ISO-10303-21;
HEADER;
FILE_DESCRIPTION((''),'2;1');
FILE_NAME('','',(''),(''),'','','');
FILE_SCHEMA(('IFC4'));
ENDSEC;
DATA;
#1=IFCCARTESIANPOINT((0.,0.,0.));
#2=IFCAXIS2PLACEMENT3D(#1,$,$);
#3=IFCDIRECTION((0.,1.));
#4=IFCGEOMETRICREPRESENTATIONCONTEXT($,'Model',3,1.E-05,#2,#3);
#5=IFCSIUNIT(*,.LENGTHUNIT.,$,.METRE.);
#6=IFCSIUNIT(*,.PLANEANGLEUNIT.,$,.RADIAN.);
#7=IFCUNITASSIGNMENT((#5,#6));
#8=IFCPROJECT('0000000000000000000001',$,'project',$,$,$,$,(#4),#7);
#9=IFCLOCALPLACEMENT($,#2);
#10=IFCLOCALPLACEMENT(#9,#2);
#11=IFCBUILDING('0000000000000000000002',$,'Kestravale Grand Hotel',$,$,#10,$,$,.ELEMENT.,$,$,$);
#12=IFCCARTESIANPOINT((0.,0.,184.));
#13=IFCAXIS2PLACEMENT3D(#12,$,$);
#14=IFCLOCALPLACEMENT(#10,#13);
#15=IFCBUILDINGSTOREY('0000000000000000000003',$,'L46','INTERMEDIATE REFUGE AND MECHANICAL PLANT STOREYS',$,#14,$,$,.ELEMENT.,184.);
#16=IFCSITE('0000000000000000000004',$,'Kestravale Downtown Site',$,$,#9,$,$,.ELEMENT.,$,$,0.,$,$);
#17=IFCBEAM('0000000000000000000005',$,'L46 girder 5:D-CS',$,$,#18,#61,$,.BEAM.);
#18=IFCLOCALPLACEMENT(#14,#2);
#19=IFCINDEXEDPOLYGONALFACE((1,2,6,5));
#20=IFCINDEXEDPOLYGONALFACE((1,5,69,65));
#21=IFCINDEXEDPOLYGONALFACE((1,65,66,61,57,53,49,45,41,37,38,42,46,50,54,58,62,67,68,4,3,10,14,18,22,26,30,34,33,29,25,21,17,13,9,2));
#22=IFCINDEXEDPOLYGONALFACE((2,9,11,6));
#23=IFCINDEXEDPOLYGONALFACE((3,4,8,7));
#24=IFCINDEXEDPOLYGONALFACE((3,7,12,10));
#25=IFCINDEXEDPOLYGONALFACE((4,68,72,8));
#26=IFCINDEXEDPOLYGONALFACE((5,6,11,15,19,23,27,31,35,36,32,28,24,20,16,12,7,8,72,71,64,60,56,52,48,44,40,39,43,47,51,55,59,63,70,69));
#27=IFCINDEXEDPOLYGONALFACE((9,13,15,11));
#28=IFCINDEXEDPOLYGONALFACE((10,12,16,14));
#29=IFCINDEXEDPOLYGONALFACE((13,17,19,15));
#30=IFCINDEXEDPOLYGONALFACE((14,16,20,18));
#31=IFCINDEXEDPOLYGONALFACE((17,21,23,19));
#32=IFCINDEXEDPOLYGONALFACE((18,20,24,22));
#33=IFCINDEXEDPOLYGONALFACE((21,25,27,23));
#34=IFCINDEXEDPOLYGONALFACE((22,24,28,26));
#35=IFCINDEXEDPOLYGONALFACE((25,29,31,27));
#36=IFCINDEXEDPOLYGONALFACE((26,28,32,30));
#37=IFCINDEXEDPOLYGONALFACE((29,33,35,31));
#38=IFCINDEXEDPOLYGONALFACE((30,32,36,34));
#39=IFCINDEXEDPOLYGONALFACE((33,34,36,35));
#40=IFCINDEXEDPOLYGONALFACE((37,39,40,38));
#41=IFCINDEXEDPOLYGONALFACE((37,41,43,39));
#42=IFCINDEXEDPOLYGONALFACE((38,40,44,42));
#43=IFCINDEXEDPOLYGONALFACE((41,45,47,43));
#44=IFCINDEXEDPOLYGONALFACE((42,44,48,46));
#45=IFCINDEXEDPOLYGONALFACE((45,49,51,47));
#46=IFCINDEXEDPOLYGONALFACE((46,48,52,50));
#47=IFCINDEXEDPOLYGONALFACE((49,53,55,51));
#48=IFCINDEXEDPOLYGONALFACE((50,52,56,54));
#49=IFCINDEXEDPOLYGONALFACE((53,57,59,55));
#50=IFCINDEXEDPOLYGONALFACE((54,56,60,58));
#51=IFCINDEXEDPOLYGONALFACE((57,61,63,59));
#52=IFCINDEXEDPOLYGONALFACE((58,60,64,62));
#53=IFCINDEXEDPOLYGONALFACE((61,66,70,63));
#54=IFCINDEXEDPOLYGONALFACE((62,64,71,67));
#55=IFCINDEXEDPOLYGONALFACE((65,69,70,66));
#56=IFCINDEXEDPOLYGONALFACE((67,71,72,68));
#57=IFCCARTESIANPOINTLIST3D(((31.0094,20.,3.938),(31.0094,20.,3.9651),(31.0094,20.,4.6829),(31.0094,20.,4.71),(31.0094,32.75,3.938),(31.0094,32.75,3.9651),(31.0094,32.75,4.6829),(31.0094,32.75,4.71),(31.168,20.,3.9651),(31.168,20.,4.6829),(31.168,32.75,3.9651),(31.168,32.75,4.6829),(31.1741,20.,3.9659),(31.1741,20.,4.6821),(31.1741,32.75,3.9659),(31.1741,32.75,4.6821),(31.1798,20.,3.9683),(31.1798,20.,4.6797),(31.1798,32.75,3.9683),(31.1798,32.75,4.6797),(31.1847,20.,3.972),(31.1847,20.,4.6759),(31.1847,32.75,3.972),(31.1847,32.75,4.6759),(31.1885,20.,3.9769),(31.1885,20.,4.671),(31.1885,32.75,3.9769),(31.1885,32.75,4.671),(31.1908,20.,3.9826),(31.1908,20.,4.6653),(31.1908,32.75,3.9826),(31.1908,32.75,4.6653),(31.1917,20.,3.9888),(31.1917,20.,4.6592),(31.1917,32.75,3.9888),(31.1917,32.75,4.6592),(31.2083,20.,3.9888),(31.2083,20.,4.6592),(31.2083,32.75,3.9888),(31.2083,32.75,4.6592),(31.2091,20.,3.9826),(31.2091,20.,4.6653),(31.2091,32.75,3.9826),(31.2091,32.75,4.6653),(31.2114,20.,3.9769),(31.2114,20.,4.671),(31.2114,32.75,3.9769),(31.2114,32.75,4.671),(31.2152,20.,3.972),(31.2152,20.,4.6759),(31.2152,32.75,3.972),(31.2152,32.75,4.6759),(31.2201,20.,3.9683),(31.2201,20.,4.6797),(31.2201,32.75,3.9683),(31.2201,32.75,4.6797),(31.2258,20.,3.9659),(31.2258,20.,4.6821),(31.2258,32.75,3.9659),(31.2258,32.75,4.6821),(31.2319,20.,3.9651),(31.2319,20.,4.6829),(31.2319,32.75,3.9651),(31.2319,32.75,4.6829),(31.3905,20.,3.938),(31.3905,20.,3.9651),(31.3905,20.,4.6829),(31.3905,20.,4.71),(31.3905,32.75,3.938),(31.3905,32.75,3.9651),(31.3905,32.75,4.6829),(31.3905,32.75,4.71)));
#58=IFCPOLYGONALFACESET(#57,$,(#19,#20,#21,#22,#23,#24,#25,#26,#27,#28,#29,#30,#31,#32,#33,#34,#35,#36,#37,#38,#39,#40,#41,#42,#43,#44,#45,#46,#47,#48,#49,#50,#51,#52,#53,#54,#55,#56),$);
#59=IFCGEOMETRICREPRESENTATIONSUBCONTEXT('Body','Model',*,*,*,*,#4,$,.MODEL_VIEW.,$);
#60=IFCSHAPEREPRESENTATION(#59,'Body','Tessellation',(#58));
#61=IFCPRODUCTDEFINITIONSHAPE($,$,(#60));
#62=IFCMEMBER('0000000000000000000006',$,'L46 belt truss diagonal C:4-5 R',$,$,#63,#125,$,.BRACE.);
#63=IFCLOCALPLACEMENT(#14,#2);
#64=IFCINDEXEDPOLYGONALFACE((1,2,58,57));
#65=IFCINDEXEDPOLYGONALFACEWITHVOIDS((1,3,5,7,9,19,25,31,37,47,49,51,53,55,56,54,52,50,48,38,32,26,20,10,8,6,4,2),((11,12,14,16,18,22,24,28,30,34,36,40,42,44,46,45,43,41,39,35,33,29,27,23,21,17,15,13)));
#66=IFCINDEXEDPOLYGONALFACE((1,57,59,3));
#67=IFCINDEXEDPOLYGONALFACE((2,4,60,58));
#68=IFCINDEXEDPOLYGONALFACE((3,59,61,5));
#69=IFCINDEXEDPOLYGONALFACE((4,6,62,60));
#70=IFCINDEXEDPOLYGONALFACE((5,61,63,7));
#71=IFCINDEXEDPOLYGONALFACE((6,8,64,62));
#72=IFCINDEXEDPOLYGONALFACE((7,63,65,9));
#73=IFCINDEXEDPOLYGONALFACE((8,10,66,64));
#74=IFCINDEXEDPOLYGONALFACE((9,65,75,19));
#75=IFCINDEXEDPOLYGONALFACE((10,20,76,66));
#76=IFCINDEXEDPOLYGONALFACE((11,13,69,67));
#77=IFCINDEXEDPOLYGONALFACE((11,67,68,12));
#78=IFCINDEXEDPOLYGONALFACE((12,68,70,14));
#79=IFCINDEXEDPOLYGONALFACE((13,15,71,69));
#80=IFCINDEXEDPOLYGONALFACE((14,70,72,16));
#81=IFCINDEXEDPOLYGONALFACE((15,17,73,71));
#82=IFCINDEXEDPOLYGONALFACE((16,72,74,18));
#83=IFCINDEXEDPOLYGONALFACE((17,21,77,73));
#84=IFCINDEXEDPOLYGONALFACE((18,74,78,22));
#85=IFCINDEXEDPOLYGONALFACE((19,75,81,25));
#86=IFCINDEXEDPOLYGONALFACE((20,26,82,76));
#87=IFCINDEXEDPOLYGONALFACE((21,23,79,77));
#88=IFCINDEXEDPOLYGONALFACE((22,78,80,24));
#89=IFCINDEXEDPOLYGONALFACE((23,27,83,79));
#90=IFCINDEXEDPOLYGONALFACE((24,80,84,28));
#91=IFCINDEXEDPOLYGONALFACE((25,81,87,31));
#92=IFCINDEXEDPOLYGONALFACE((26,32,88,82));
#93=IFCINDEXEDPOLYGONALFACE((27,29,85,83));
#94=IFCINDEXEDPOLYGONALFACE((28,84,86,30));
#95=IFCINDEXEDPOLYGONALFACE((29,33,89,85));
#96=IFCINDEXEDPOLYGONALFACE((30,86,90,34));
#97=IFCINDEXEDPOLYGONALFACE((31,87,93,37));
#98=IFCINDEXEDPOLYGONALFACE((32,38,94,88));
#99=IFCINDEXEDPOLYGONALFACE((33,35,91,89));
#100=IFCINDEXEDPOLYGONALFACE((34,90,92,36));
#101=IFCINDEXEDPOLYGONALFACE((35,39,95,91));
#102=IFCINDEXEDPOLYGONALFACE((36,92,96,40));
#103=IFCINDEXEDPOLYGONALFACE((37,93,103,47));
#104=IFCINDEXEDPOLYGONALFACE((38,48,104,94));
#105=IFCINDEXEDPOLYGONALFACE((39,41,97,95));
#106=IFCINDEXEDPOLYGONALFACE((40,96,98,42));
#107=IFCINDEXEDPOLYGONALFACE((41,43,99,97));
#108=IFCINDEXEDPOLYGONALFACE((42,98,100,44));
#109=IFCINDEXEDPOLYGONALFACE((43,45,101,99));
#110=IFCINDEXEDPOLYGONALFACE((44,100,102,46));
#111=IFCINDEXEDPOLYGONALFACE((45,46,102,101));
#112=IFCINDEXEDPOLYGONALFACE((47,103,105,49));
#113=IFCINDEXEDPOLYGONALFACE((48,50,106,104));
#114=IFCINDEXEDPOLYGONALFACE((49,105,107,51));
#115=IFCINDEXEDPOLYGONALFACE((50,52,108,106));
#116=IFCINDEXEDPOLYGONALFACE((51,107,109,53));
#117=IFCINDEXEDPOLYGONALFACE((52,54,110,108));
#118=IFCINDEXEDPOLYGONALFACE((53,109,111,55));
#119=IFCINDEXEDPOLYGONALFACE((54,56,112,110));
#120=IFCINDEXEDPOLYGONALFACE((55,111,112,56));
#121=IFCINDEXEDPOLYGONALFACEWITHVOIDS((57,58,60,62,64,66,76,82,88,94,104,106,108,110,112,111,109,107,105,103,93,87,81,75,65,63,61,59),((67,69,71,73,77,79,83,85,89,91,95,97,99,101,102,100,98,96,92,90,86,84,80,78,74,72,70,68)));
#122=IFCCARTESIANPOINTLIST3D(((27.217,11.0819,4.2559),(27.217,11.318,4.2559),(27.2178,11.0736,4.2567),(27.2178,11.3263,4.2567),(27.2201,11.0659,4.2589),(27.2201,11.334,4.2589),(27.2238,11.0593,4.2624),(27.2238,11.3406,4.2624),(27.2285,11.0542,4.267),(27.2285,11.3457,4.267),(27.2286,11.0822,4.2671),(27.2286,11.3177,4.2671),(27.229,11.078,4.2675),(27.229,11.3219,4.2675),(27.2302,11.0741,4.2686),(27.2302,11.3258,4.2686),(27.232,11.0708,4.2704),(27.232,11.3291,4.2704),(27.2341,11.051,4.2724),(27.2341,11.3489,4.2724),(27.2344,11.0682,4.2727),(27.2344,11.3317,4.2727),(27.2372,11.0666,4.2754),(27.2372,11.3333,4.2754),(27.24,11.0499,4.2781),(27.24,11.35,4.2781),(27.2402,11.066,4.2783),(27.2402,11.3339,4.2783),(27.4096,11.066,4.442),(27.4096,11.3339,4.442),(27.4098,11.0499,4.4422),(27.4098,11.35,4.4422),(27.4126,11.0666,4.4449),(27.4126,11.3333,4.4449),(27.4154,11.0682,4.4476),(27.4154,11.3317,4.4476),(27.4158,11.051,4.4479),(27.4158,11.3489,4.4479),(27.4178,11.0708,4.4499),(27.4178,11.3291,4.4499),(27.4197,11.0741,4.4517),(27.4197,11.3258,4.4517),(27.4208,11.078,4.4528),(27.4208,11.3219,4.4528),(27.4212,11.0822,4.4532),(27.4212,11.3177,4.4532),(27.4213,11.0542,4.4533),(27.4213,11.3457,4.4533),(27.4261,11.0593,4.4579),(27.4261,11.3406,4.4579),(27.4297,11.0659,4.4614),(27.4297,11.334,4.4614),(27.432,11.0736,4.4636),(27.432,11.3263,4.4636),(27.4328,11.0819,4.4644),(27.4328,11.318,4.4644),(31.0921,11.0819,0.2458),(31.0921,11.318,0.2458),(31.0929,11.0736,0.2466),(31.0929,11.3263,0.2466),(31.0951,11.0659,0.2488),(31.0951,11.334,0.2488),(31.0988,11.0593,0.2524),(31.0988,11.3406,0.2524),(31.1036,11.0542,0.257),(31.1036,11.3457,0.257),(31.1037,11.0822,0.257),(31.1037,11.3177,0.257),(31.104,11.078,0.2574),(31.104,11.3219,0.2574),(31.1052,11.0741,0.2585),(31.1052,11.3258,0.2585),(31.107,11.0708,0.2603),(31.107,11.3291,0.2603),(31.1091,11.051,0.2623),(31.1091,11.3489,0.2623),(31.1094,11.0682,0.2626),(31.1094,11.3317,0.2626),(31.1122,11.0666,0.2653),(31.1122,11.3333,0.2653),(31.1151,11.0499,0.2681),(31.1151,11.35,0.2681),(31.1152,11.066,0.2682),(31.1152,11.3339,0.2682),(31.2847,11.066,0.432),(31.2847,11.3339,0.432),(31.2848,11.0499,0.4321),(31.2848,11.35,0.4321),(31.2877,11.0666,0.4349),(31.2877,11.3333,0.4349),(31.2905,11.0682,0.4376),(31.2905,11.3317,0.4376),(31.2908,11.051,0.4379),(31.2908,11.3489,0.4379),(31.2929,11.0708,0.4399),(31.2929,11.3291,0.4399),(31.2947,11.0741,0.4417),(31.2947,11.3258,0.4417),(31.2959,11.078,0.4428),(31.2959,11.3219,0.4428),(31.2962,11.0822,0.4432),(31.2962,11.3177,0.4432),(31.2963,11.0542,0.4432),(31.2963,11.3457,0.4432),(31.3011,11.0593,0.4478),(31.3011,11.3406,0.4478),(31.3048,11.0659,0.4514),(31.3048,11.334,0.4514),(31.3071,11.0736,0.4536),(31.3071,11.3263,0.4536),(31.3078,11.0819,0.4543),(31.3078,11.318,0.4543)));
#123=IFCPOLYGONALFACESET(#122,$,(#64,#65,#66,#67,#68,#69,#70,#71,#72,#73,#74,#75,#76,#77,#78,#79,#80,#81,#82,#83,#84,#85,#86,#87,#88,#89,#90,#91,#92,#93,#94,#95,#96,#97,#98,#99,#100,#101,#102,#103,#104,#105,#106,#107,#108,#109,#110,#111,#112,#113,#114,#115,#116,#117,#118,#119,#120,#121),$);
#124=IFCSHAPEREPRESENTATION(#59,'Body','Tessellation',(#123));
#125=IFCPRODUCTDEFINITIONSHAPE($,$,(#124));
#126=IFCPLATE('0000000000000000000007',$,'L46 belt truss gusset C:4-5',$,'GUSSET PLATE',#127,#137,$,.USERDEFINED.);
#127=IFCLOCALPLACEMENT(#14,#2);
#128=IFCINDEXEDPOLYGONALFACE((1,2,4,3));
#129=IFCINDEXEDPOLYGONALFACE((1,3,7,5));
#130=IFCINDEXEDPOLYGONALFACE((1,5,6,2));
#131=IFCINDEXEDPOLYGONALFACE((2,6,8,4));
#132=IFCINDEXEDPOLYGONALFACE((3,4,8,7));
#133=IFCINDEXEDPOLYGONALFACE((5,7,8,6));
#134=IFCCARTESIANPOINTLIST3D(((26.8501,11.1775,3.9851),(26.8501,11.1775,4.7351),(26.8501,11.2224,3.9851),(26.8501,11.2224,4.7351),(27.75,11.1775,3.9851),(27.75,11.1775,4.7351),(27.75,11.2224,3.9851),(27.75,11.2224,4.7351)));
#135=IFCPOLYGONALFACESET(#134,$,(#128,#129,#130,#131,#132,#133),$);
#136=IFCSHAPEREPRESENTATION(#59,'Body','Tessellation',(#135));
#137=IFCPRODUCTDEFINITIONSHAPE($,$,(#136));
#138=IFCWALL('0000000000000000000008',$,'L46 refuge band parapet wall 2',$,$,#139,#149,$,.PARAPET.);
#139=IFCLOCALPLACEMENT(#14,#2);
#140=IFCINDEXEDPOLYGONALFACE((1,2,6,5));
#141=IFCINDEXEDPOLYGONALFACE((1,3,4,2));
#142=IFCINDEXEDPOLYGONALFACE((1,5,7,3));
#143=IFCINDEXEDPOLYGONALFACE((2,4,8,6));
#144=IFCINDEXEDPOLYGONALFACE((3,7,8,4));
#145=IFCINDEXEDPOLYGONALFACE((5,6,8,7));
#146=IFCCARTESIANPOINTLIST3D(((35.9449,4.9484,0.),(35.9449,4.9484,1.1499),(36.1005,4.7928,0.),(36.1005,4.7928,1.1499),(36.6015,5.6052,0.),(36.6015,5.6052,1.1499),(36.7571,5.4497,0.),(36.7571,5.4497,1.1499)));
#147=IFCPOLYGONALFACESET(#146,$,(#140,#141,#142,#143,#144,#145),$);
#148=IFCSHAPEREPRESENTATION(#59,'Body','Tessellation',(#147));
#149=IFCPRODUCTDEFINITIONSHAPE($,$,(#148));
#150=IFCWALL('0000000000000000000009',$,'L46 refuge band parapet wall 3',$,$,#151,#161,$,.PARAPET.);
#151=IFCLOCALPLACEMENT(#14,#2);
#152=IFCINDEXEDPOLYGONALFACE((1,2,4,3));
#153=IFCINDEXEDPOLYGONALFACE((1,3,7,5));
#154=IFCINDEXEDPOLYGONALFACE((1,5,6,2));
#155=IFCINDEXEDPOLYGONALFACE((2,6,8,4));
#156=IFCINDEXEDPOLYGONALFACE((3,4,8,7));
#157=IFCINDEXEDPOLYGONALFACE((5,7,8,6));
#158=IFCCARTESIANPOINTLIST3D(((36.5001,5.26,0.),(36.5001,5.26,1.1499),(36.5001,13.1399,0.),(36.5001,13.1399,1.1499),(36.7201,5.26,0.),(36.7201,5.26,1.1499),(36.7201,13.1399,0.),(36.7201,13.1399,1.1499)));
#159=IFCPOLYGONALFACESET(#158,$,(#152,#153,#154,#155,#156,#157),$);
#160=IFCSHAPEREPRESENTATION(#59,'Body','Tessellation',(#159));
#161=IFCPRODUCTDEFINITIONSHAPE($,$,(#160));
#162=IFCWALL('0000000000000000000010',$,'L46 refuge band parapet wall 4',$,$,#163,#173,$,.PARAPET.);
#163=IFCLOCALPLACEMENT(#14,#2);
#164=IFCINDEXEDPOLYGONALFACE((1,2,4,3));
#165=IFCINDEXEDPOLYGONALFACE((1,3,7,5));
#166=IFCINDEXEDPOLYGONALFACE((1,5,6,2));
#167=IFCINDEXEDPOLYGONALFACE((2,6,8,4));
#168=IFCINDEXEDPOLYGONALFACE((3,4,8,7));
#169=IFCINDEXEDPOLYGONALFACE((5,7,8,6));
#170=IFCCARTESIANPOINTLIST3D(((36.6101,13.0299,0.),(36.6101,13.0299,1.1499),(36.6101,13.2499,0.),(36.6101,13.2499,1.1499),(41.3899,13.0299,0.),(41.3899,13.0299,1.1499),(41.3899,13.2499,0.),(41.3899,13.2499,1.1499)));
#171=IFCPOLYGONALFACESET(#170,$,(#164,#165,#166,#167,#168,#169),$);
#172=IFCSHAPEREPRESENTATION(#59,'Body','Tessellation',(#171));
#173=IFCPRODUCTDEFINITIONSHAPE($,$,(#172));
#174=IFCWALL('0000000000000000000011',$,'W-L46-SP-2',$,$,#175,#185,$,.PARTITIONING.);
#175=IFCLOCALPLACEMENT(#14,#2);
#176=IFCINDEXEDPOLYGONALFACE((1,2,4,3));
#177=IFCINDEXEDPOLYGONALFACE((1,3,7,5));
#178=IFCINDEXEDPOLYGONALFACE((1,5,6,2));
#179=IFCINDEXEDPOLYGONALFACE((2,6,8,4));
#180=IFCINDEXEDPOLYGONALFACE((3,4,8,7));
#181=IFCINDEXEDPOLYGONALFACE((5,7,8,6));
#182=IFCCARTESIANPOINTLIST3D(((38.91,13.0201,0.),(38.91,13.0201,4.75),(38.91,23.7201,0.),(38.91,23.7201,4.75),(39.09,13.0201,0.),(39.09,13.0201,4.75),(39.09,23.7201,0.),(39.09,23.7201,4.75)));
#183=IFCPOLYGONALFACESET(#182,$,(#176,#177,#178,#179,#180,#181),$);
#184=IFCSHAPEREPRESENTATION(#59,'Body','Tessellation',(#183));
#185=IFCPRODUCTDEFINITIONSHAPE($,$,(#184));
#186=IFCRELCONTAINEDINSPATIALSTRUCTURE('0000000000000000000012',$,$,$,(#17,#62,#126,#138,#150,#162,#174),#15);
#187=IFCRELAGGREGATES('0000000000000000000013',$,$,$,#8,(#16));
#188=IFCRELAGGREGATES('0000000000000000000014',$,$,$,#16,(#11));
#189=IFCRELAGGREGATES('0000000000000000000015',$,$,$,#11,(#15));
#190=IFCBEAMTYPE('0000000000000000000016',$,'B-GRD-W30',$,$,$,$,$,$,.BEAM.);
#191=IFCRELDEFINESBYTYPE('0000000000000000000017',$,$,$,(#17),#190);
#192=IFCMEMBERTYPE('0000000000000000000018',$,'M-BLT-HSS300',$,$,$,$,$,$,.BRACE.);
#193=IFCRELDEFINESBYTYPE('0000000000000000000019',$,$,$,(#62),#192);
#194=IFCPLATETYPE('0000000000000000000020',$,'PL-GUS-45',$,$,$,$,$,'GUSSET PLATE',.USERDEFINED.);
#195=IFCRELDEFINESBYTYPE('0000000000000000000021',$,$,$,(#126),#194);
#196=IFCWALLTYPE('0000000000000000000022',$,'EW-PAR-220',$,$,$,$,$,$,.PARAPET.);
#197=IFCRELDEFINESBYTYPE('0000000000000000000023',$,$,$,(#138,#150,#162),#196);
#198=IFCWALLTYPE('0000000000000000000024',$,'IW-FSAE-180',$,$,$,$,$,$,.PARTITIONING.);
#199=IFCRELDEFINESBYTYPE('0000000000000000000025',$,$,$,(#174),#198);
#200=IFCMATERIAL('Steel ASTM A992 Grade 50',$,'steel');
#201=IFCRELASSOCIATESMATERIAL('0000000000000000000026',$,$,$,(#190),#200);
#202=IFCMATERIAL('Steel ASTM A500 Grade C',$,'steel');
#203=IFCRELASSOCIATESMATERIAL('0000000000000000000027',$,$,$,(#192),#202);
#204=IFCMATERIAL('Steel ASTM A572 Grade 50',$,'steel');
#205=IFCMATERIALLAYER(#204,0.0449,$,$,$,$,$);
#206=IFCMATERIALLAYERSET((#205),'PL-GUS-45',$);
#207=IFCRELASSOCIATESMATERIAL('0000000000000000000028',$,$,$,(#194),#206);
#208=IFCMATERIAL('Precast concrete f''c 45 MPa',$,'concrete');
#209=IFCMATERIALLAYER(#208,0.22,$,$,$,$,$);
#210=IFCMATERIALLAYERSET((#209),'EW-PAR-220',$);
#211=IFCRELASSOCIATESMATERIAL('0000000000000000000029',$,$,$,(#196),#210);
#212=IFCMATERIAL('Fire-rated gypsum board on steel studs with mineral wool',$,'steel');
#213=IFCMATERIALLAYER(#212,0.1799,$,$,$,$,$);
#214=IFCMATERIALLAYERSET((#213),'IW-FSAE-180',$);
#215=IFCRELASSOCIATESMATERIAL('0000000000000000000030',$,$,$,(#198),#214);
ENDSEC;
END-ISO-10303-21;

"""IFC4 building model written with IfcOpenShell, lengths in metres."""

from ifc_helpers import new_model, si_unit, direction, frame, frame_2d, origin, origin_2d, place, context, subcontext, project, spatial, rectangle, hollow_rectangle, i_section, extrude, material, layer, layer_set, material_profile, profile_set, type_object, element, save


model = new_model("IFC4")

# Units and contexts
model_context = context("Model", 3, precision=1e-05, world=origin(), true_north=direction((0.0, 1.0)))
body_context = subcontext(model_context, "Body", "Model", "MODEL_VIEW")
ifc_project = project(units=[si_unit("LENGTHUNIT", "METRE"), si_unit("PLANEANGLEUNIT", "RADIAN")], contexts=[model_context])

# Site, building, storey
site_placement = place(None, origin())
site = spatial("IfcSite", under=ifc_project, at=site_placement, Name="Kestravale Downtown Site", CompositionType="ELEMENT", RefElevation=0.0)
building_placement = place(site_placement, origin())
building = spatial("IfcBuilding", under=site, at=building_placement, Name="Kestravale Grand Hotel", CompositionType="ELEMENT")
storey_placement = place(building_placement, frame((0.0, 0.0, 184.0)))
storey = spatial("IfcBuildingStorey", under=building, at=storey_placement, Name="L46", Description="INTERMEDIATE REFUGE AND MECHANICAL PLANT STOREYS", CompositionType="ELEMENT", Elevation=184.0)

# Beam
ifc_material_1 = material(Name="Steel ASTM A992 Grade 50", Category="steel")
ifc_material_profile_1 = material_profile(ifc_material_1, i_section(OverallWidth=0.3811, OverallDepth=0.772, WebThickness=0.0166, FlangeThickness=0.0271, FilletRadius=0.0237, at=origin_2d()))
ifc_profile_set_1 = profile_set([ifc_material_profile_1], Name="Steel ASTM A992 Grade 50")
beam_type_1 = type_object("IfcBeamType", Name="B-GRD-W30", PredefinedType="BEAM", material=ifc_profile_set_1)
beam_1_placement = place(storey_placement, frame((31.2, 20.0, 4.324), z_axis=(0.0, 1.0, 0.0), x_axis=(-1.0, 0.0, 0.0)))
element("IfcBeam", 1, at=beam_1_placement, inside=storey, type_object=beam_type_1, Name="L46 girder 5:D-CS", PredefinedType="BEAM", context=body_context, shape_type="SweptSolid", body=[
    extrude(i_section(OverallWidth=0.3811, OverallDepth=0.772, WebThickness=0.0166, FlangeThickness=0.0271, FilletRadius=0.0237, at=origin_2d()), origin(), (0.0, 0.0, 1.0), 12.75),
])

# Member
ifc_material_2 = material(Name="Steel ASTM A500 Grade C", Category="steel")
ifc_material_profile_2 = material_profile(ifc_material_2, hollow_rectangle(XDim=0.3, YDim=0.3, WallThickness=0.0161, InnerFilletRadius=0.0161, OuterFilletRadius=0.032, at=origin_2d()))
ifc_profile_set_2 = profile_set([ifc_material_profile_2], Name="Steel ASTM A500 Grade C")
member_type = type_object("IfcMemberType", Name="M-BLT-HSS300", PredefinedType="BRACE", material=ifc_profile_set_2)
member_placement = place(storey_placement, frame((31.2, 11.2, 0.3501), z_axis=(-0.694898, 0.0, 0.719109), x_axis=(0.0, -1.0, 0.0)))
element("IfcMember", 2, at=member_placement, inside=storey, type_object=member_type, Name="L46 belt truss diagonal C:4-5 R", PredefinedType="BRACE", context=body_context, shape_type="SweptSolid", body=[
    extrude(hollow_rectangle(XDim=0.3, YDim=0.3, WallThickness=0.0161, InnerFilletRadius=0.0161, OuterFilletRadius=0.032, at=origin_2d()), origin(), (0.0, 0.0, 1.0), 5.5764),
])

# Plate
ifc_material_3 = material(Name="Steel ASTM A572 Grade 50", Category="steel")
ifc_layer_1 = layer(ifc_material_3, 0.0449)
ifc_layer_set_1 = layer_set([ifc_layer_1], Name="PL-GUS-45")
plate_type = type_object("IfcPlateType", Name="PL-GUS-45", ElementType="GUSSET PLATE", PredefinedType="USERDEFINED", material=ifc_layer_set_1)
plate_placement = place(storey_placement, frame((27.3, 11.2, 3.9851), z_axis=(0.0, 0.0, 1.0), x_axis=(1.0, 0.0, 0.0)))
element("IfcPlate", 3, at=plate_placement, inside=storey, type_object=plate_type, Name="L46 belt truss gusset C:4-5", ObjectType="GUSSET PLATE", PredefinedType="USERDEFINED", context=body_context, shape_type="SweptSolid", body=[
    extrude(rectangle(XDim=0.8999, YDim=0.0449, at=origin_2d()), origin(), (0.0, 0.0, 1.0), 0.75),
])

# Walls
ifc_material_4 = material(Name="Precast concrete f'c 45 MPa", Category="concrete")
ifc_layer_2 = layer(ifc_material_4, 0.22)
ifc_layer_set_2 = layer_set([ifc_layer_2], Name="EW-PAR-220")
wall_type_1 = type_object("IfcWallType", Name="EW-PAR-220", PredefinedType="PARAPET", material=ifc_layer_set_2)
wall_1_placement = place(storey_placement, frame((36.0227, 4.8706, 0.0), z_axis=(0.0, 0.0, 1.0), x_axis=(0.706975, 0.707238, 0.0)))
element("IfcWall", 4, at=wall_1_placement, inside=storey, type_object=wall_type_1, Name="L46 refuge band parapet wall 2", PredefinedType="PARAPET", context=body_context, shape_type="SweptSolid", body=[
    extrude(rectangle(XDim=0.9287, YDim=0.22, at=frame_2d((0.4644, 0.0))), origin(), (0.0, 0.0, 1.0), 1.1499),
])
wall_2_placement = place(storey_placement, frame((36.6101, 5.26, 0.0), z_axis=(0.0, 0.0, 1.0), x_axis=(0.0, 1.0, 0.0)))
element("IfcWall", 5, at=wall_2_placement, inside=storey, type_object=wall_type_1, Name="L46 refuge band parapet wall 3", PredefinedType="PARAPET", context=body_context, shape_type="SweptSolid", body=[
    extrude(rectangle(XDim=7.8799, YDim=0.22, at=frame_2d((3.9399, 0.0))), origin(), (0.0, 0.0, 1.0), 1.1499),
])
wall_3_placement = place(storey_placement, frame((36.6101, 13.1399, 0.0), z_axis=(0.0, 0.0, 1.0), x_axis=(1.0, 0.0, 0.0)))
element("IfcWall", 6, at=wall_3_placement, inside=storey, type_object=wall_type_1, Name="L46 refuge band parapet wall 4", PredefinedType="PARAPET", context=body_context, shape_type="SweptSolid", body=[
    extrude(rectangle(XDim=4.7798, YDim=0.22, at=frame_2d((2.3899, 0.0))), origin(), (0.0, 0.0, 1.0), 1.1499),
])
ifc_material_5 = material(Name="Fire-rated gypsum board on steel studs with mineral wool", Category="steel")
ifc_layer_3 = layer(ifc_material_5, 0.1799)
ifc_layer_set_3 = layer_set([ifc_layer_3], Name="IW-FSAE-180")
wall_type_2 = type_object("IfcWallType", Name="IW-FSAE-180", PredefinedType="PARTITIONING", material=ifc_layer_set_3)
wall_4_placement = place(storey_placement, frame((39.0, 13.02, 0.0), z_axis=(0.0, 0.0, 1.0), x_axis=(0.0, 1.0, 0.0)))
element("IfcWall", 7, at=wall_4_placement, inside=storey, type_object=wall_type_2, Name="W-L46-SP-2", PredefinedType="PARTITIONING", context=body_context, shape_type="SweptSolid", body=[
    extrude(rectangle(XDim=10.7, YDim=0.1799, at=frame_2d((5.3501, 0.0))), origin(), (0.0, 0.0, 1.0), 4.75),
])

save(model, "model.ifc")
